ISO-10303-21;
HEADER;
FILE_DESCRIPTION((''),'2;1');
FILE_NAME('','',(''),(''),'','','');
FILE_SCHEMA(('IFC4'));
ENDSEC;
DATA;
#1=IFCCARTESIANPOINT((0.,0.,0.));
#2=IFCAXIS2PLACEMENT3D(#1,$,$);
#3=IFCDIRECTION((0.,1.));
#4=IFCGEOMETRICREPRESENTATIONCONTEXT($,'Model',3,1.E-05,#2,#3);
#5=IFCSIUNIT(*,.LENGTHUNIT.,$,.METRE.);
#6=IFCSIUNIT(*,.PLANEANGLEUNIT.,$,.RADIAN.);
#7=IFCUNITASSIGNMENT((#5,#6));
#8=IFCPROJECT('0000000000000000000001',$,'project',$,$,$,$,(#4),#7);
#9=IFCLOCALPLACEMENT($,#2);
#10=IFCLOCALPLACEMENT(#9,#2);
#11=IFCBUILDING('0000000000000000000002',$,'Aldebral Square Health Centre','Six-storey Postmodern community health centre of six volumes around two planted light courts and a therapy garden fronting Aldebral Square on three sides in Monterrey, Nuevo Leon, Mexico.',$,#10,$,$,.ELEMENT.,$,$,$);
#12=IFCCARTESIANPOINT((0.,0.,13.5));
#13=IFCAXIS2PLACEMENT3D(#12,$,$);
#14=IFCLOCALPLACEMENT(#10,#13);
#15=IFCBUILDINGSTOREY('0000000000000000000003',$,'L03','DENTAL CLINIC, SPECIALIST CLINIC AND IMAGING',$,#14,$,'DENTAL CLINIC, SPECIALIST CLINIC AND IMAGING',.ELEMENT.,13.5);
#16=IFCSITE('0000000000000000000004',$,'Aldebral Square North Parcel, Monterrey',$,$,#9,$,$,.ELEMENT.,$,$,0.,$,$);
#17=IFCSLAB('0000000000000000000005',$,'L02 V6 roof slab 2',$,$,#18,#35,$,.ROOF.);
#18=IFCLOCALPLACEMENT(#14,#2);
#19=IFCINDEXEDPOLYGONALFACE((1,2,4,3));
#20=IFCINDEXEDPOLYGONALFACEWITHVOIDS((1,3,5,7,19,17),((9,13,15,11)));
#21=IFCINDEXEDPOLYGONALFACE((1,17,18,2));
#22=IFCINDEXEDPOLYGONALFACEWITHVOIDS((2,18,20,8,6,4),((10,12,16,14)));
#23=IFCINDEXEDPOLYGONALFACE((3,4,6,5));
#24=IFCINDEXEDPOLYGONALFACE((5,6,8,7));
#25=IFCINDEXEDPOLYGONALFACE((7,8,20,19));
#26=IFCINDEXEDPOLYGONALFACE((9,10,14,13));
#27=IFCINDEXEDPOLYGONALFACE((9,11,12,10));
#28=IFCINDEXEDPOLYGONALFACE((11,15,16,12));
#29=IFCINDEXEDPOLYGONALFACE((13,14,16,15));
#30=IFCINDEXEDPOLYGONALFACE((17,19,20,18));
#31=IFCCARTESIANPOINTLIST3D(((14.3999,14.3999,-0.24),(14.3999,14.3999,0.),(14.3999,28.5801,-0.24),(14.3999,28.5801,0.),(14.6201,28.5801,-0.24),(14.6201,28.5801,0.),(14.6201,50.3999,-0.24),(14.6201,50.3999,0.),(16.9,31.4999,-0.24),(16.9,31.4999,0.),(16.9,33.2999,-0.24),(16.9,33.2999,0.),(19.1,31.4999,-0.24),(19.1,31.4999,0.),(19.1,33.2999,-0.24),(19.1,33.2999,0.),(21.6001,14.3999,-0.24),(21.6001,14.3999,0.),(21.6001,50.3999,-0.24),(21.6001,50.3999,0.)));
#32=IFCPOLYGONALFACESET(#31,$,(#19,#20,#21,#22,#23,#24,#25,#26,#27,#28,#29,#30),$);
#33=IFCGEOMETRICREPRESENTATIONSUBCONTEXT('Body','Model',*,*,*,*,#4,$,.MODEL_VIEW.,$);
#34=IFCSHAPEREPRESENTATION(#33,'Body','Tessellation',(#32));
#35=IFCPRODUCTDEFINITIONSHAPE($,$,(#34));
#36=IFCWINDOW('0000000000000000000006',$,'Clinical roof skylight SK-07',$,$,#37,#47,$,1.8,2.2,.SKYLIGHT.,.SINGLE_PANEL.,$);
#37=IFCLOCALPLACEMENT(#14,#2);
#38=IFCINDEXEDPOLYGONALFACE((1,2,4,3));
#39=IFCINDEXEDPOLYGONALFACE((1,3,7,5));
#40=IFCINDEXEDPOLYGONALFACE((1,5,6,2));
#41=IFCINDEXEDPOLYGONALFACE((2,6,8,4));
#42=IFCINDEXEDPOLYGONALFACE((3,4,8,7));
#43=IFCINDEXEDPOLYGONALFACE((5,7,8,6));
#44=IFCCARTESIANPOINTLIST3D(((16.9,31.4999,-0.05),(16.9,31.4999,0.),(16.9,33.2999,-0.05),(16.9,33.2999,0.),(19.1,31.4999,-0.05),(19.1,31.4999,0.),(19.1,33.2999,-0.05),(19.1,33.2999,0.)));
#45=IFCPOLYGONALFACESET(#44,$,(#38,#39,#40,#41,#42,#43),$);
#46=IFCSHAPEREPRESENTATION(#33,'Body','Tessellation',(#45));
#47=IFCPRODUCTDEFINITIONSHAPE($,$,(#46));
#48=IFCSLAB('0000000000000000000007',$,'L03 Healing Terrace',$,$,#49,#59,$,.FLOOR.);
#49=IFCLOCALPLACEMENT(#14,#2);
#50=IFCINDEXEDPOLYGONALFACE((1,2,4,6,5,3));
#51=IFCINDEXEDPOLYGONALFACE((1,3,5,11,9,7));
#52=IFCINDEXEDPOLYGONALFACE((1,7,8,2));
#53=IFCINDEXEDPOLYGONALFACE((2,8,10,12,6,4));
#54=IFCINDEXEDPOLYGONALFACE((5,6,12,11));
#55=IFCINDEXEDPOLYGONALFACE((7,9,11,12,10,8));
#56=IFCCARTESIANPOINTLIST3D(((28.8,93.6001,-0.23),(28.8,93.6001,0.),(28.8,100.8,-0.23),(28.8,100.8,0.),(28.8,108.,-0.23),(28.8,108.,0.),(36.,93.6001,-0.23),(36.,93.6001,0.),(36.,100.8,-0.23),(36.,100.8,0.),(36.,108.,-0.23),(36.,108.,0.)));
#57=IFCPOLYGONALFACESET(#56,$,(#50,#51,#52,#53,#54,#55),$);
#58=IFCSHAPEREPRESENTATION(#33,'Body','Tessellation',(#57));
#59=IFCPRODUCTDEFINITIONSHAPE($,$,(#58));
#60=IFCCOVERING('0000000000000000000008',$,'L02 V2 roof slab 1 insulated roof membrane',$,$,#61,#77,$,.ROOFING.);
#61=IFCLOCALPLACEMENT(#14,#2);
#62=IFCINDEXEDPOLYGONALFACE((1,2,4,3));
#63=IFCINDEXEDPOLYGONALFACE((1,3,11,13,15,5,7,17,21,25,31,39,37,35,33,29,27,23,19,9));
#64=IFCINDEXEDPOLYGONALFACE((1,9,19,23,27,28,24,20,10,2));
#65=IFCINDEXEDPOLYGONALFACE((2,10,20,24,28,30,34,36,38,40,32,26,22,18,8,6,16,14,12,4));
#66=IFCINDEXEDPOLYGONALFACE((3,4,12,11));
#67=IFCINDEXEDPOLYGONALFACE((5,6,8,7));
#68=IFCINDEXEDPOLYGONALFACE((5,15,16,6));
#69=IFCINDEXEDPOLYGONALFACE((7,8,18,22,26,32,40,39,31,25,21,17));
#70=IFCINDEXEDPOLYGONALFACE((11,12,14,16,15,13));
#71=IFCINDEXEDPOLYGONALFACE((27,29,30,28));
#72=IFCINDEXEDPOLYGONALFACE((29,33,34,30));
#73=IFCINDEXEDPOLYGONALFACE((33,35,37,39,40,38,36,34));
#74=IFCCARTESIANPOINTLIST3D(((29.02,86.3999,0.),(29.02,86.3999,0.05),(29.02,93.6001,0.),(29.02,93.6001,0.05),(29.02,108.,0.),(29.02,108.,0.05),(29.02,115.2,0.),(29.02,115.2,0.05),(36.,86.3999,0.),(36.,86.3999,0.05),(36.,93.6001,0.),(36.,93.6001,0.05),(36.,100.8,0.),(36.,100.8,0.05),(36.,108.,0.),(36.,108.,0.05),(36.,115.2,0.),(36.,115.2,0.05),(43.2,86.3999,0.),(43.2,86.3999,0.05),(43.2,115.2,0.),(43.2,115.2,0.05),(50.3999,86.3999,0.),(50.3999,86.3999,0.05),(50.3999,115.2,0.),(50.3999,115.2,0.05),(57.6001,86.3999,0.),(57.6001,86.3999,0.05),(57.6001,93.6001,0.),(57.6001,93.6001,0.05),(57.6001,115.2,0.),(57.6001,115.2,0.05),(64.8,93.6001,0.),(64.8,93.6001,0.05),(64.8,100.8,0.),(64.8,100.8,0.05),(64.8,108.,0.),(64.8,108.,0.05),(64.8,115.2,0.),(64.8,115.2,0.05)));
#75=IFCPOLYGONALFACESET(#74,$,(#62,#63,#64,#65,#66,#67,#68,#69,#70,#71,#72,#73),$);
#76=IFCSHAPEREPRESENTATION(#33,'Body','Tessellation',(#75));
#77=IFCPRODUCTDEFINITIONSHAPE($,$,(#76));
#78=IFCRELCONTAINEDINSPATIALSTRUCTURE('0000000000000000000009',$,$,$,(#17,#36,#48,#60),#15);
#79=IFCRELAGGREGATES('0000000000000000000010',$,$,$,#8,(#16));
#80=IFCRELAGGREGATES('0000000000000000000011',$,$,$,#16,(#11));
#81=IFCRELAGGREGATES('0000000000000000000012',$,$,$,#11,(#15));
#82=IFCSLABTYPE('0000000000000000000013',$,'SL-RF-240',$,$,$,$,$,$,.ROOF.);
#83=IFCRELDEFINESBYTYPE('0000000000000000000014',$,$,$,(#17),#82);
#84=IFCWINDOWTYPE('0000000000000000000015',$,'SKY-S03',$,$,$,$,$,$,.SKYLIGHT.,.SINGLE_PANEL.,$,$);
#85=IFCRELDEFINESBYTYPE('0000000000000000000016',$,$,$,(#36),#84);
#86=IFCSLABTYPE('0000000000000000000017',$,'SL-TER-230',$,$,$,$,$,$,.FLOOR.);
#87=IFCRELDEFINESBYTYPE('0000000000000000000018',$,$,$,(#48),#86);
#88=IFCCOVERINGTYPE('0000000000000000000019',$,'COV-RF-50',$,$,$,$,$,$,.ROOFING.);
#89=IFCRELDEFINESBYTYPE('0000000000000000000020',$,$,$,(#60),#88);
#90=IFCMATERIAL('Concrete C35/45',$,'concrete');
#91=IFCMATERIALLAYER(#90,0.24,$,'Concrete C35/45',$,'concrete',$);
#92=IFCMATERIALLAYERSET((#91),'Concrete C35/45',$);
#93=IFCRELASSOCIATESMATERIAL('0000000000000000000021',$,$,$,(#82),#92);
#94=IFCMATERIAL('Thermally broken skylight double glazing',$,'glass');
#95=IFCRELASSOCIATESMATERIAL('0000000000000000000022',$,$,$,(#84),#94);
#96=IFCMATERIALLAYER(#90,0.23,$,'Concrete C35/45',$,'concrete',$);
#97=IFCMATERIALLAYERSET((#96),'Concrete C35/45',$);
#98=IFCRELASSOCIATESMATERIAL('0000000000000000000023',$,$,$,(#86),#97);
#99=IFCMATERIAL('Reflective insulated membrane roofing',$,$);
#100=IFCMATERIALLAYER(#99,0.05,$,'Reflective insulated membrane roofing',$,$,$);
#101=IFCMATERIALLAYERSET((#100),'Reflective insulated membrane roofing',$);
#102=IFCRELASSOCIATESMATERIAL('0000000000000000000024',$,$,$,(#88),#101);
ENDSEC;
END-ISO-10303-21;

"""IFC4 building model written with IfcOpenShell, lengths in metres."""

from ifc_helpers import new_model, si_unit, direction, frame, origin, origin_2d, place, context, subcontext, project, spatial, polyline, rectangle, outline, extrude, material, layer, layer_set, type_object, element, fill, save


model = new_model("IFC4")

# Units and contexts
model_context = context("Model", 3, precision=1e-05, world=origin(), true_north=direction((0.0, 1.0)))
body_context = subcontext(model_context, "Body", "Model", "MODEL_VIEW")
ifc_project = project(units=[si_unit("LENGTHUNIT", "METRE"), si_unit("PLANEANGLEUNIT", "RADIAN")], contexts=[model_context])

# Site, building, storey
site_placement = place(None, origin())
site = spatial("IfcSite", under=ifc_project, at=site_placement, Name="Aldebral Square North Parcel, Monterrey", CompositionType="ELEMENT", RefElevation=0.0)
building_placement = place(site_placement, origin())
building = spatial("IfcBuilding", under=site, at=building_placement, Name="Aldebral Square Health Centre", Description="Six-storey Postmodern community health centre of six volumes around two planted light courts and a therapy garden fronting Aldebral Square on three sides in Monterrey, Nuevo Leon, Mexico.", CompositionType="ELEMENT")
storey_placement = place(building_placement, frame((0.0, 0.0, 13.5)))
storey = spatial("IfcBuildingStorey", under=building, at=storey_placement, Name="L03", Description="DENTAL CLINIC, SPECIALIST CLINIC AND IMAGING", LongName="DENTAL CLINIC, SPECIALIST CLINIC AND IMAGING", CompositionType="ELEMENT", Elevation=13.5)

# Shared definitions
ifc_material_1 = material(Name="Concrete C35/45", Category="concrete")

# Shared definitions
ifc_layer_1 = layer(ifc_material_1, 0.24, Name="Concrete C35/45", Category="concrete")
ifc_layer_set_1 = layer_set([ifc_layer_1], Name="Concrete C35/45")
slab_type_1 = type_object("IfcSlabType", Name="SL-RF-240", PredefinedType="ROOF", material=ifc_layer_set_1)
ifc_material_2 = material(Name="Thermally broken skylight double glazing", Category="glass")
window_type_1 = type_object("IfcWindowType", Name="SKY-S03", PartitioningType="SINGLE_PANEL", PredefinedType="SKYLIGHT", material=ifc_material_2)

# Slab, opening, window
slab_1_placement = place(storey_placement, frame((0.0, 0.0, -0.24)))
slab_1 = element("IfcSlab", 1, at=slab_1_placement, inside=storey, type_object=slab_type_1, Name="L02 V6 roof slab 2", PredefinedType="ROOF", context=body_context, shape_type="SweptSolid", body=[
    extrude(outline(polyline([(14.3999, 14.3999), (14.3999, 21.6001), (14.3999, 28.5801), (14.6201, 28.5801), (14.6201, 50.3999), (21.6001, 50.3999), (21.6001, 43.2), (21.6001, 36.0), (21.6001, 28.8), (21.6001, 21.6001), (21.6001, 14.3999), (14.3999, 14.3999)])), origin(), (0.0, 0.0, 1.0), 0.24),
])
opening_1_placement = place(slab_1_placement, frame((18.0, 32.3999, -0.01)))
opening_1 = element("IfcOpeningElement", 2, at=opening_1_placement, cuts=slab_1, PredefinedType="OPENING", context=body_context, shape_type="SweptSolid", body=[
    extrude(rectangle(XDim=2.2, YDim=1.8, at=origin_2d()), origin(), (0.0, 0.0, 1.0), 0.26),
])
window_1_placement = place(slab_1_placement, frame((18.0, 32.3999, 0.1899)))
window_1 = element("IfcWindow", 3, at=window_1_placement, inside=storey, type_object=window_type_1, Name="Clinical roof skylight SK-07", OverallHeight=1.8, OverallWidth=2.2, PartitioningType="SINGLE_PANEL", PredefinedType="SKYLIGHT", context=body_context, shape_type="SweptSolid", body=[
    extrude(rectangle(XDim=2.2, YDim=1.8, at=origin_2d()), origin(), (0.0, 0.0, 1.0), 0.05),
])
fill(opening_1, window_1)

# Slab
ifc_layer_2 = layer(ifc_material_1, 0.23, Name="Concrete C35/45", Category="concrete")
ifc_layer_set_2 = layer_set([ifc_layer_2], Name="Concrete C35/45")
slab_type_2 = type_object("IfcSlabType", Name="SL-TER-230", PredefinedType="FLOOR", material=ifc_layer_set_2)
slab_2_placement = place(storey_placement, frame((0.0, 0.0, -0.23)))
element("IfcSlab", 4, at=slab_2_placement, inside=storey, type_object=slab_type_2, Name="L03 Healing Terrace", PredefinedType="FLOOR", context=body_context, shape_type="SweptSolid", body=[
    extrude(outline(polyline([(36.0, 93.6001), (28.8, 93.6001), (28.8, 100.8), (28.8, 108.0), (36.0, 108.0), (36.0, 100.8), (36.0, 93.6001)])), origin(), (0.0, 0.0, 1.0), 0.23),
])

# Covering
ifc_material_3 = material(Name="Reflective insulated membrane roofing")
ifc_layer_3 = layer(ifc_material_3, 0.05, Name="Reflective insulated membrane roofing")
ifc_layer_set_3 = layer_set([ifc_layer_3], Name="Reflective insulated membrane roofing")
covering_type = type_object("IfcCoveringType", Name="COV-RF-50", PredefinedType="ROOFING", material=ifc_layer_set_3)
covering_placement = place(storey_placement, origin())
element("IfcCovering", 5, at=covering_placement, inside=storey, type_object=covering_type, Name="L02 V2 roof slab 1 insulated roof membrane", PredefinedType="ROOFING", context=body_context, shape_type="SweptSolid", body=[
    extrude(outline(polyline([(36.0, 108.0), (29.02, 108.0), (29.02, 115.2), (36.0, 115.2), (43.2, 115.2), (50.3999, 115.2), (57.6001, 115.2), (64.8, 115.2), (64.8, 108.0), (64.8, 100.8), (64.8, 93.6001), (57.6001, 93.6001), (57.6001, 86.3999), (50.3999, 86.3999), (43.2, 86.3999), (36.0, 86.3999), (29.02, 86.3999), (29.02, 93.6001), (36.0, 93.6001), (36.0, 100.8), (36.0, 108.0)])), origin(), (0.0, 0.0, 1.0), 0.05),
])

save(model, "model.ifc")
